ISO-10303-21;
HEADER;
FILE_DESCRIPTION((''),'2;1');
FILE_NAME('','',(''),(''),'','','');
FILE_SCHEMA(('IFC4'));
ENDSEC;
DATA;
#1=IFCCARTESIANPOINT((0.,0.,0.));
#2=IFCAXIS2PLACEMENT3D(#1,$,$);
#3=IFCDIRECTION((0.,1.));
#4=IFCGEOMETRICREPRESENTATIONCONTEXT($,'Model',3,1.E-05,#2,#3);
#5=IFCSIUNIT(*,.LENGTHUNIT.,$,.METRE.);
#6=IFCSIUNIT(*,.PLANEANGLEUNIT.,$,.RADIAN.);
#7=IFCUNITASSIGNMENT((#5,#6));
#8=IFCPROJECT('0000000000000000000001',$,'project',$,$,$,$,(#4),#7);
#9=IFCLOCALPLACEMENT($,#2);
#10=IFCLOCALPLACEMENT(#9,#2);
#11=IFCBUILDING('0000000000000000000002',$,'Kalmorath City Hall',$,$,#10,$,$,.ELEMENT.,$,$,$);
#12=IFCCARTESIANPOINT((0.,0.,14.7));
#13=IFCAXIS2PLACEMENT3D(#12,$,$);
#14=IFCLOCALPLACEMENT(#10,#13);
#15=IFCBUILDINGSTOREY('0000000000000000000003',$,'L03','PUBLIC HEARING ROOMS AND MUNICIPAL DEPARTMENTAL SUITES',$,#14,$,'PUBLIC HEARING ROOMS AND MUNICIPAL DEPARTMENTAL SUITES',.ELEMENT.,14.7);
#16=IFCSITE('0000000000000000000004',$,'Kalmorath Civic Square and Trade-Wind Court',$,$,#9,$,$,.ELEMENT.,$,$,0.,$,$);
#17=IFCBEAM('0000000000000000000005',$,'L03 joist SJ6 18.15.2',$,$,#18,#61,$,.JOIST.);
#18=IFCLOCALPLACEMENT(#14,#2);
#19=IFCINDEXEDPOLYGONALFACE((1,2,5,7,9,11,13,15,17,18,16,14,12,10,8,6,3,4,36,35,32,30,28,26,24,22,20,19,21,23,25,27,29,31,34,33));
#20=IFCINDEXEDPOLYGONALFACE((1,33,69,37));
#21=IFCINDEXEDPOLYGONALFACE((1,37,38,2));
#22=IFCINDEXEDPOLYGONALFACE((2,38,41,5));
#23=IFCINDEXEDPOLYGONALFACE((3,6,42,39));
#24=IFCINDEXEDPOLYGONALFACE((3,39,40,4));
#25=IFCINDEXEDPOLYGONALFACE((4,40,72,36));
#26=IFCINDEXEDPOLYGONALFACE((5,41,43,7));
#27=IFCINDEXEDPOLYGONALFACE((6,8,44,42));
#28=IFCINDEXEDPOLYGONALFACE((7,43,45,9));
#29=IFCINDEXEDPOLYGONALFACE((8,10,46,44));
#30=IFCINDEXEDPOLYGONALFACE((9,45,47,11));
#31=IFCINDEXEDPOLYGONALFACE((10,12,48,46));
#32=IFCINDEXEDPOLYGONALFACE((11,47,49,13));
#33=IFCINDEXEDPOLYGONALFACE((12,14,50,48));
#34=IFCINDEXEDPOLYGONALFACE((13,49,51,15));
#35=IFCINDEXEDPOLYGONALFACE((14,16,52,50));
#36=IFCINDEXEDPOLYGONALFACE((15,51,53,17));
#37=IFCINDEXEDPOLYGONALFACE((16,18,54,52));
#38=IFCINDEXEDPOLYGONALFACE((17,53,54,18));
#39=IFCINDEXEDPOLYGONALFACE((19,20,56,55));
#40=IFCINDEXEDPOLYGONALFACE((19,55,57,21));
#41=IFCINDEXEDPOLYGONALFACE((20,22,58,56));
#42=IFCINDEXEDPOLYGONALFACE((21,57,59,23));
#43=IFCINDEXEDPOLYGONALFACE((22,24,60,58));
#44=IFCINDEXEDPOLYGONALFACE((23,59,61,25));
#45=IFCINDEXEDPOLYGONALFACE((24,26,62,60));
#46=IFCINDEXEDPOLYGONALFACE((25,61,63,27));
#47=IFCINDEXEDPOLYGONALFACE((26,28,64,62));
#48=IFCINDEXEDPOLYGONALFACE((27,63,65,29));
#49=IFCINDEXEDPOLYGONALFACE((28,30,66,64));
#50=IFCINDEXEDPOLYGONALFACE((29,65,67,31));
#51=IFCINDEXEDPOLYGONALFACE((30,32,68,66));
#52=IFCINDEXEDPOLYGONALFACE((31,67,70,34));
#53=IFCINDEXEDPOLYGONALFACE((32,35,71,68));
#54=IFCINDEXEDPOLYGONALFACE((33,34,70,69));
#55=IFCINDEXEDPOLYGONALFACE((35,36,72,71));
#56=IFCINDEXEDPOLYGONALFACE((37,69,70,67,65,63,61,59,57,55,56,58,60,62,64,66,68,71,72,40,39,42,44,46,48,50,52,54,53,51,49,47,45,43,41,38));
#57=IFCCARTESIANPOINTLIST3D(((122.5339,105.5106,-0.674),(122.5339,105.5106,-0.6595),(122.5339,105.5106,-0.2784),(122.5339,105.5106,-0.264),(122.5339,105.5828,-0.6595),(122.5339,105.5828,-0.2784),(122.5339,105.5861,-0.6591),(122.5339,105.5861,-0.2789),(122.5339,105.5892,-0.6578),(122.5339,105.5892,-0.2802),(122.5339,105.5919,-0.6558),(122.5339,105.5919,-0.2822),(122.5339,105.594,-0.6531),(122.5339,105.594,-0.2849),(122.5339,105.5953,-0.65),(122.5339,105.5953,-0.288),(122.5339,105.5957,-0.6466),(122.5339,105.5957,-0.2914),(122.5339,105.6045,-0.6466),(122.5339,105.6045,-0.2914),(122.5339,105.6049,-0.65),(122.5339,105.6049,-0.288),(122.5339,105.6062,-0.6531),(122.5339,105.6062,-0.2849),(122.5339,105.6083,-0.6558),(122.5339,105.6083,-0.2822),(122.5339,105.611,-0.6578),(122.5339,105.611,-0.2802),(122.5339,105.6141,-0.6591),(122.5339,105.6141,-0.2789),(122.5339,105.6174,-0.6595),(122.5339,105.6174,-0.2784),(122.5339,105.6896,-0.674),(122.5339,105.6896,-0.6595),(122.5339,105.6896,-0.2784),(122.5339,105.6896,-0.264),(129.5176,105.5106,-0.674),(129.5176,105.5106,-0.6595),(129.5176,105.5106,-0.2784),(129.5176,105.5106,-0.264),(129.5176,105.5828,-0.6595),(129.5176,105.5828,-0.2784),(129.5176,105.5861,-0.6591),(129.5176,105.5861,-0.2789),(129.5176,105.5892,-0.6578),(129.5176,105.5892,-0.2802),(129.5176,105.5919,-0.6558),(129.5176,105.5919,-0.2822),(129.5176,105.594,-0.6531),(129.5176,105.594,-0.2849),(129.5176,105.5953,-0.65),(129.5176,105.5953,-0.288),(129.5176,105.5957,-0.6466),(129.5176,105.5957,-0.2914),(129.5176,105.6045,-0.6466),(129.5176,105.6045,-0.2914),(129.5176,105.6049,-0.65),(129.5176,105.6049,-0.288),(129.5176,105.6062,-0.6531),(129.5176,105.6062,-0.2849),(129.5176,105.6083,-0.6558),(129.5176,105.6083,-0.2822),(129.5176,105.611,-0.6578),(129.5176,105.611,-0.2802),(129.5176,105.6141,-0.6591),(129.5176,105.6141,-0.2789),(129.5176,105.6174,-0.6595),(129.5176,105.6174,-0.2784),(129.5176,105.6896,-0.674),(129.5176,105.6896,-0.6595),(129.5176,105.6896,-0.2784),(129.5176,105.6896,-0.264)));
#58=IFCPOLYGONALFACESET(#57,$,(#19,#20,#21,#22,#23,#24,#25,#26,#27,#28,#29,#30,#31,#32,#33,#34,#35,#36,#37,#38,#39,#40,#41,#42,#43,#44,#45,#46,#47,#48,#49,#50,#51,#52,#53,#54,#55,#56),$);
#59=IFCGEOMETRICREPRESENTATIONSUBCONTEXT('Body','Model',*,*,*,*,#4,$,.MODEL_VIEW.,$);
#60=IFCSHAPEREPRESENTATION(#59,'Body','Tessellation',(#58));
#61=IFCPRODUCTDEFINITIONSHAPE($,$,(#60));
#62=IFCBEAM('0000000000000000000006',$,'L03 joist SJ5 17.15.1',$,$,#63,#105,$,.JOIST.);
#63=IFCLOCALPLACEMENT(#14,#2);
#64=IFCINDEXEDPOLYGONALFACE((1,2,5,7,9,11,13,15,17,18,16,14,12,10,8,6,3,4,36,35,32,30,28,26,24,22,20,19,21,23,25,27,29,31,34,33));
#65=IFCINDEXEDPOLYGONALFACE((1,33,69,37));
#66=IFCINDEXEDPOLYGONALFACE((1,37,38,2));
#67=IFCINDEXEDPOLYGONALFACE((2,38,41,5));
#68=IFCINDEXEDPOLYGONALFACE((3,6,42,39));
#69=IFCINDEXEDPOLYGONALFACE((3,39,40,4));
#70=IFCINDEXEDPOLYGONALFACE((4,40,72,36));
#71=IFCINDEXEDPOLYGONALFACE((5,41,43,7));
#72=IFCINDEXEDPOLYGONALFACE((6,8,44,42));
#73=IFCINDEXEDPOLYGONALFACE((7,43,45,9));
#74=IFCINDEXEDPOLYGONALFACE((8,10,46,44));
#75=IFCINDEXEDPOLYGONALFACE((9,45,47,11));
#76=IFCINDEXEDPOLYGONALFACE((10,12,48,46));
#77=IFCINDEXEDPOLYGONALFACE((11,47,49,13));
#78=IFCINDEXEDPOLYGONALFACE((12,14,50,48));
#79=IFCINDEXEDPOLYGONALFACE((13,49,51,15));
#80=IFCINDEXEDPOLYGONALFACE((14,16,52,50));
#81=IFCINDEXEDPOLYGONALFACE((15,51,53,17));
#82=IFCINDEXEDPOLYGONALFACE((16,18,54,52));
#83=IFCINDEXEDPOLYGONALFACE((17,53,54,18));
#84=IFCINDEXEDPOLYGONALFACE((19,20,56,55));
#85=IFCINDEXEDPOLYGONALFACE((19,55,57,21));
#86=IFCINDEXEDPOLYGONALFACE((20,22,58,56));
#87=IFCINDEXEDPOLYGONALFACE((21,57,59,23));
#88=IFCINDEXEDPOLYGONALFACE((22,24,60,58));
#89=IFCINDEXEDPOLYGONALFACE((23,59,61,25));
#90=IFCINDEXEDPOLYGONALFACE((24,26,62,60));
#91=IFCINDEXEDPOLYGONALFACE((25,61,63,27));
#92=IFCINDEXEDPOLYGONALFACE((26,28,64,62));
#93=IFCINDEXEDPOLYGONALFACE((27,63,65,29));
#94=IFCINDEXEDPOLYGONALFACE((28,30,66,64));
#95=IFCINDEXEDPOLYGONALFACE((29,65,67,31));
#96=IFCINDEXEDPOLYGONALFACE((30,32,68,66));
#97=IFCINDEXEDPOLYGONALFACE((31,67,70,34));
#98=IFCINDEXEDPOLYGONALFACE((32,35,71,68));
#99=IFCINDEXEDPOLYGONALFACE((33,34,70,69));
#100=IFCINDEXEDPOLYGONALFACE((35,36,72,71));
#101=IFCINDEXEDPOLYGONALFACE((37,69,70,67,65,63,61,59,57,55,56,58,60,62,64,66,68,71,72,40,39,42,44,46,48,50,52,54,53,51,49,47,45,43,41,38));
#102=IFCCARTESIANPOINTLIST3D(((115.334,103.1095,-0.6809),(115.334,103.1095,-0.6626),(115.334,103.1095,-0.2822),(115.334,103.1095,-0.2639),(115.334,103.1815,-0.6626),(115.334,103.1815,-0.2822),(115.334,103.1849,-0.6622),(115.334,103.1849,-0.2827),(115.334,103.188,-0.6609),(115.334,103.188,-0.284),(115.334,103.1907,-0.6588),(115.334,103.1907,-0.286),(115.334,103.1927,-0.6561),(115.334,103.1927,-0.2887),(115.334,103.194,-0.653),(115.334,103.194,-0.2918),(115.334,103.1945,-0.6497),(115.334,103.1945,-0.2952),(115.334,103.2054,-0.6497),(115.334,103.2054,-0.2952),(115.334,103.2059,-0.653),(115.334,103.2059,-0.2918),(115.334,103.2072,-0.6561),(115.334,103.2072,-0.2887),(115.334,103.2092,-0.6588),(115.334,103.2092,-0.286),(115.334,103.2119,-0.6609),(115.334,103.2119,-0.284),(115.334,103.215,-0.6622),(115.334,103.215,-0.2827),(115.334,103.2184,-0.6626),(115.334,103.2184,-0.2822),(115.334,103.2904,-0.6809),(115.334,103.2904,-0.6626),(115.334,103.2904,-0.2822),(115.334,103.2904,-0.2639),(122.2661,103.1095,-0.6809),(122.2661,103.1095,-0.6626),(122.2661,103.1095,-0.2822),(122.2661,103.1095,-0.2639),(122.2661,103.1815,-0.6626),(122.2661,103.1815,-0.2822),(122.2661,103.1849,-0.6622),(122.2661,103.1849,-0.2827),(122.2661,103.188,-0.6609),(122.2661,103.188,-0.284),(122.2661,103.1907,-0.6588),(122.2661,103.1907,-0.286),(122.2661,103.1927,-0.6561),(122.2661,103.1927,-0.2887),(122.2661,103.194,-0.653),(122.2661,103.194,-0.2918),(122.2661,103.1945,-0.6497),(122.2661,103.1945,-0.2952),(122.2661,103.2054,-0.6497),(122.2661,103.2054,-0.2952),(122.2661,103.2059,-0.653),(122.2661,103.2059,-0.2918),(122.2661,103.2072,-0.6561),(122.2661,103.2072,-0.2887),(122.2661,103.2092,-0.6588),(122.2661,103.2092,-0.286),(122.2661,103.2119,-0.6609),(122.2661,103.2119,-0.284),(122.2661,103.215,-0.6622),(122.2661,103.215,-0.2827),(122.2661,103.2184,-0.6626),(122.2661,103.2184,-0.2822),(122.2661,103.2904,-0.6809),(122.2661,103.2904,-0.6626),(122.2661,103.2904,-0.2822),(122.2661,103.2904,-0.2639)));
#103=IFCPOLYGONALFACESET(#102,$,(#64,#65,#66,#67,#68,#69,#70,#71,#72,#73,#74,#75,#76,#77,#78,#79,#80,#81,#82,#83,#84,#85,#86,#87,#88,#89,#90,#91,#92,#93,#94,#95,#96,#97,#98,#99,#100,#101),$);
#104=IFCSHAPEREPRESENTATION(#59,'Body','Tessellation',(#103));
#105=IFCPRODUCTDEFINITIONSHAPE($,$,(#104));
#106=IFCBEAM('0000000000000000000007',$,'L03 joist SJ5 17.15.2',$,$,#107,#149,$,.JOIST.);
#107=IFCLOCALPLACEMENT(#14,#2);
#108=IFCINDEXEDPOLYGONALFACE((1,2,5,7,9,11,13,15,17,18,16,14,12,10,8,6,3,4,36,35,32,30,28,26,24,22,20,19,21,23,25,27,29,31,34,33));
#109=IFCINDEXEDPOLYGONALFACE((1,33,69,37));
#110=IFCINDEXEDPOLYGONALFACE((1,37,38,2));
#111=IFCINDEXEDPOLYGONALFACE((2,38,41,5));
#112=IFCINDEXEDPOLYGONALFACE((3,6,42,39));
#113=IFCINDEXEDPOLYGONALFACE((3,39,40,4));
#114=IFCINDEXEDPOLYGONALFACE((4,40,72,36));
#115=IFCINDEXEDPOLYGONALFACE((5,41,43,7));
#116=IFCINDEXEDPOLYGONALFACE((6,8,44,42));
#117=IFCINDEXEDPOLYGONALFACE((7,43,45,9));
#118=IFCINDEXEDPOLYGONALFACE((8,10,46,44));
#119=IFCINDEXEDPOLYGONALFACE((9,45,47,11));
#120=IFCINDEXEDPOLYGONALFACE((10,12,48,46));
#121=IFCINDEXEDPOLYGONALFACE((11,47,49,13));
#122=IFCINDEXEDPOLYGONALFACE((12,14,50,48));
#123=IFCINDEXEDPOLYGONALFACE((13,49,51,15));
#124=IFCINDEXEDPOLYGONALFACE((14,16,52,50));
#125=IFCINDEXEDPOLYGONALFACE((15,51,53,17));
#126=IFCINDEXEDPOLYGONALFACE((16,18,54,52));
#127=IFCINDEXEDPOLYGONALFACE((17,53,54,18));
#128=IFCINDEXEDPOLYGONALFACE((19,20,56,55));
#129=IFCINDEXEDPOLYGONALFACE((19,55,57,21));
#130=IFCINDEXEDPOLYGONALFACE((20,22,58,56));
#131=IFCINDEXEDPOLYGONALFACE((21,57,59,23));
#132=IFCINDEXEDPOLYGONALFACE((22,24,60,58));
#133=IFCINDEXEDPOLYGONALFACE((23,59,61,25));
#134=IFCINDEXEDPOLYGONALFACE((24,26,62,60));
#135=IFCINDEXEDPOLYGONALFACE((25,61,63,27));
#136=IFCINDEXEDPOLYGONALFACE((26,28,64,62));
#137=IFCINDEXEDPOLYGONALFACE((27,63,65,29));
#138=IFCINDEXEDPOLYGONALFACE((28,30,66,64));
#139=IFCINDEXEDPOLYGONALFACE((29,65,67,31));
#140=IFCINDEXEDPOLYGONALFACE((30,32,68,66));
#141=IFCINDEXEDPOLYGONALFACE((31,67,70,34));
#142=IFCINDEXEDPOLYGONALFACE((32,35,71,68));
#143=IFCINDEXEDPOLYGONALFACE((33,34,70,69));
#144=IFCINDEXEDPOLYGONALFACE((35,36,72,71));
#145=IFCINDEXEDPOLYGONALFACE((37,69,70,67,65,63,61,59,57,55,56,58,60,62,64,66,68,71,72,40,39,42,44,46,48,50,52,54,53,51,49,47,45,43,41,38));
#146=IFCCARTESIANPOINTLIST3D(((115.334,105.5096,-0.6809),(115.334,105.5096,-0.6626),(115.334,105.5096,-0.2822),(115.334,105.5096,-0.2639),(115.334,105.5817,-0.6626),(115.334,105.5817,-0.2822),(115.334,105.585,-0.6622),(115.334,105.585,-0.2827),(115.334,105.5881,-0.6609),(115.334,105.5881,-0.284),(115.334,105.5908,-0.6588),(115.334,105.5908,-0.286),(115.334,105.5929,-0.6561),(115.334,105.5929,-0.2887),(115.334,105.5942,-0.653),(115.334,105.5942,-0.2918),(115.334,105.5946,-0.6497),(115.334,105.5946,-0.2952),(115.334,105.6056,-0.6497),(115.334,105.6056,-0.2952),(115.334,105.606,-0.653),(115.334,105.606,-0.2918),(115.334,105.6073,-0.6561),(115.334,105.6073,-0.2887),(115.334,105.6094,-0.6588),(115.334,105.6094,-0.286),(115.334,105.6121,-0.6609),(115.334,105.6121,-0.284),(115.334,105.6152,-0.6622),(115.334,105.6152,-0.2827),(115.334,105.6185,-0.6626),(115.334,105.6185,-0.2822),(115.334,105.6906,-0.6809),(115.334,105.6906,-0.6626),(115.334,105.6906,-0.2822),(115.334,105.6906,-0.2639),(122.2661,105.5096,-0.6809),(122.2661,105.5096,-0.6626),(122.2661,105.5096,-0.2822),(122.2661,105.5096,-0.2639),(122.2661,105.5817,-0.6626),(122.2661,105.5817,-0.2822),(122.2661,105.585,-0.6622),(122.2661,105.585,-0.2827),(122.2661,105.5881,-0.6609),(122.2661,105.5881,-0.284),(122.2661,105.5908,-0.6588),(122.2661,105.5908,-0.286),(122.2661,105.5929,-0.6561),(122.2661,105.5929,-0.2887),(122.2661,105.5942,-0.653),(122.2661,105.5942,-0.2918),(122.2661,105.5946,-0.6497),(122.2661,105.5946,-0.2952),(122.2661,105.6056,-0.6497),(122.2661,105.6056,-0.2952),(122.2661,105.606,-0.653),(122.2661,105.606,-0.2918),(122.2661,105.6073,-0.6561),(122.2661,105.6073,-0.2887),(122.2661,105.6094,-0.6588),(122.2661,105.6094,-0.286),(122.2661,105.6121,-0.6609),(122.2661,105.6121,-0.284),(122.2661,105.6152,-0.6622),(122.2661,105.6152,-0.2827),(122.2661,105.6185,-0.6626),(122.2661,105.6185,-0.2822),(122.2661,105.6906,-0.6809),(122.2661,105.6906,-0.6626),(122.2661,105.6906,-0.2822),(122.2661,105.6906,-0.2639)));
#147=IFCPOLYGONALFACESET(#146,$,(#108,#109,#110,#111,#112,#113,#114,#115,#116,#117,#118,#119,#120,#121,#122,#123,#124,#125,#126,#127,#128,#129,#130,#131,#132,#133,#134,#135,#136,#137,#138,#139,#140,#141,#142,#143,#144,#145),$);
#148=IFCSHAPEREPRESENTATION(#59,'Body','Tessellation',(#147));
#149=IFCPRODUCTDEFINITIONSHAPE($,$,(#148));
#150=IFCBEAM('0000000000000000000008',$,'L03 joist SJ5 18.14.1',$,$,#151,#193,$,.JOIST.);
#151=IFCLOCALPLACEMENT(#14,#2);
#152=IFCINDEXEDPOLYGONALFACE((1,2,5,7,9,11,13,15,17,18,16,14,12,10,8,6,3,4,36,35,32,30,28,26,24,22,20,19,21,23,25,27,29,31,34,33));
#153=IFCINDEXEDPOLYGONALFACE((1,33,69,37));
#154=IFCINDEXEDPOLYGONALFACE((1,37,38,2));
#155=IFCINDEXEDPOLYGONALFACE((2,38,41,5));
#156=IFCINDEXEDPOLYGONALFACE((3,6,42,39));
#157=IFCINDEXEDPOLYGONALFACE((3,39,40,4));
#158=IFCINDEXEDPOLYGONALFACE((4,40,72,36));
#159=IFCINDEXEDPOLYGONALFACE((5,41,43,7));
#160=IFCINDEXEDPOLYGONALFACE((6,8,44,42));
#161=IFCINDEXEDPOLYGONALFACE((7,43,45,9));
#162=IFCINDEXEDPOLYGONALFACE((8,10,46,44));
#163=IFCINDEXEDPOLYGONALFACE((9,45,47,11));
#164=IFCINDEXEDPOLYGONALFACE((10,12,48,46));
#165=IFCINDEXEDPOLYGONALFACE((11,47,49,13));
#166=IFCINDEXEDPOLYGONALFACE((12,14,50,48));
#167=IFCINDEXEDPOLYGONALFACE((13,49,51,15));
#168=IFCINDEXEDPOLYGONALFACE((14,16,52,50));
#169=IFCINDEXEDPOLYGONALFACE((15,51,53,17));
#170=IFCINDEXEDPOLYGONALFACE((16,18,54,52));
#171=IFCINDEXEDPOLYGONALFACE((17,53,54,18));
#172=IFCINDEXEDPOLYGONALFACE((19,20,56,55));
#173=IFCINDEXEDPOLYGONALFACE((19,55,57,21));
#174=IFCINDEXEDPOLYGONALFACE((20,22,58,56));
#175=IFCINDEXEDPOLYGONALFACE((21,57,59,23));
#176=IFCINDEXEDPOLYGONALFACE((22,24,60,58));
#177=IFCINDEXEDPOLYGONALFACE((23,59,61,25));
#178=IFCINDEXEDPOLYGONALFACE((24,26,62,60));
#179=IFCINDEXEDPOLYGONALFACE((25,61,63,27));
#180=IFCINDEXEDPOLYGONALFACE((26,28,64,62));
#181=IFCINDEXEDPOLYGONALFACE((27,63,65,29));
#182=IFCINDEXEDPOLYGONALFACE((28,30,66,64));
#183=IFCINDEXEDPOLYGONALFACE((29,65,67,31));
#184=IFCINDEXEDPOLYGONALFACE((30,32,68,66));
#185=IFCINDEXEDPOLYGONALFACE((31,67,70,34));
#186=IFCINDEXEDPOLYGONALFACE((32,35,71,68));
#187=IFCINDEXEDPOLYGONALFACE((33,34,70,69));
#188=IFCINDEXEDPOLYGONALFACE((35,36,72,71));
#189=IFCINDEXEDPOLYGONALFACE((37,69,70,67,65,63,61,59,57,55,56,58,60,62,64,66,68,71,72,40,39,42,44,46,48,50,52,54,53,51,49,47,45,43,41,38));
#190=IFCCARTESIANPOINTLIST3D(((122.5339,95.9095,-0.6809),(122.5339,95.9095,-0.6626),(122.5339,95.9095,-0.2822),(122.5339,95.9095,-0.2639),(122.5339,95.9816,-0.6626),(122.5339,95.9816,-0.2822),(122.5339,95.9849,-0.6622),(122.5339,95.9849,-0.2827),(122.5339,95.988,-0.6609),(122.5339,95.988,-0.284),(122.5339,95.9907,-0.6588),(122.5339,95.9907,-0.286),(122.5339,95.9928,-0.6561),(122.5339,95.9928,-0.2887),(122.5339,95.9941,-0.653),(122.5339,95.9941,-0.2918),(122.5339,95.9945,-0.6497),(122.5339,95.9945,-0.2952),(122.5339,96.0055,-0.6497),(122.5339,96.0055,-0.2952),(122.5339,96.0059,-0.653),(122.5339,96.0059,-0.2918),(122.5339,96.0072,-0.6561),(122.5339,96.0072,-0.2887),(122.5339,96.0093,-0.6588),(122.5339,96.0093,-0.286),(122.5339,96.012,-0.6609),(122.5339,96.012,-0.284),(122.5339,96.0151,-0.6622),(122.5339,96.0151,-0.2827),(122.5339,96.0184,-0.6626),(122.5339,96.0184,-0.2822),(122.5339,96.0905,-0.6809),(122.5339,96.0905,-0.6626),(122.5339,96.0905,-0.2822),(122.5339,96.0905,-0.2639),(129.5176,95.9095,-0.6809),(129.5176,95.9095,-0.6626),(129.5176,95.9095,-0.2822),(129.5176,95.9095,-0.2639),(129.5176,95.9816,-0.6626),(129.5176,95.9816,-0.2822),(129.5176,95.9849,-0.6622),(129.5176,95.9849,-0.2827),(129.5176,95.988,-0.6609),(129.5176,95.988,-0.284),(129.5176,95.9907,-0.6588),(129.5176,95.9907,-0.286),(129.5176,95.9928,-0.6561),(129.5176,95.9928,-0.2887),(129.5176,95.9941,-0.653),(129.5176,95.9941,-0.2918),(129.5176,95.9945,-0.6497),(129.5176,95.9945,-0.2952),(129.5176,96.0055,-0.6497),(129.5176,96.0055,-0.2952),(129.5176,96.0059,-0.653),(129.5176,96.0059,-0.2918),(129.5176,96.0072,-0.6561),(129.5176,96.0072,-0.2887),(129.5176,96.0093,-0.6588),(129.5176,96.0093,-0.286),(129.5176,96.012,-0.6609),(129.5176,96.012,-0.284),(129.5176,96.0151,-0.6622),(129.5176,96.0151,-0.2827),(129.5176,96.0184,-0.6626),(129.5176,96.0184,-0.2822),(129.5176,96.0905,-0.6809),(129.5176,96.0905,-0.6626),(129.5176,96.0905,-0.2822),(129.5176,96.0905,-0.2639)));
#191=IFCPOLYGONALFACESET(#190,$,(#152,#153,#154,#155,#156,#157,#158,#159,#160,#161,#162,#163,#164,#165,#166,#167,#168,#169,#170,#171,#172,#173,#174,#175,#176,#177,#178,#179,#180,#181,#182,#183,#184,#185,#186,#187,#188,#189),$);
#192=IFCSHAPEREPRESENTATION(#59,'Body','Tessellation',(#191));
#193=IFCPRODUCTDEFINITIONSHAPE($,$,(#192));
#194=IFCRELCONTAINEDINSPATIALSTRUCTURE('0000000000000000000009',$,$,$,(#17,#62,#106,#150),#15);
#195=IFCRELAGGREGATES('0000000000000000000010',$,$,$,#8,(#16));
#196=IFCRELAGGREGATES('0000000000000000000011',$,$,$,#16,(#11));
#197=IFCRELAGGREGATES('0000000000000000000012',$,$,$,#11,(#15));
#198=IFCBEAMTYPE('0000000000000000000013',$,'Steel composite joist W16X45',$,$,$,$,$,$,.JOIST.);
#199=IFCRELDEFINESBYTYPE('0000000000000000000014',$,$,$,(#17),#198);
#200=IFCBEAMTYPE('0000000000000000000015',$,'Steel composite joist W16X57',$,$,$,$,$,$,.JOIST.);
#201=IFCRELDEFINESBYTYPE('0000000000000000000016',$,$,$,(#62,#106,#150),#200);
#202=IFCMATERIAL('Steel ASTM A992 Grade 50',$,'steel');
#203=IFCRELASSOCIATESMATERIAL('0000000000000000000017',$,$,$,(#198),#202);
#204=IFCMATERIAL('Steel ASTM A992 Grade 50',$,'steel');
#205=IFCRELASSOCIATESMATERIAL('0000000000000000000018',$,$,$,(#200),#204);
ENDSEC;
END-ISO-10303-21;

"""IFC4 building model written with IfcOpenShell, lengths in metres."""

from ifc_helpers import new_model, si_unit, direction, frame, origin, origin_2d, place, context, subcontext, project, spatial, i_section, extrude, material, material_profile, profile_set, type_object, element, save


model = new_model("IFC4")

# Units and contexts
model_context = context("Model", 3, precision=1e-05, world=origin(), true_north=direction((0.0, 1.0)))
body_context = subcontext(model_context, "Body", "Model", "MODEL_VIEW")
ifc_project = project(units=[si_unit("LENGTHUNIT", "METRE"), si_unit("PLANEANGLEUNIT", "RADIAN")], contexts=[model_context])

# Site, building, storey
site_placement = place(None, origin())
site = spatial("IfcSite", under=ifc_project, at=site_placement, Name="Kalmorath Civic Square and Trade-Wind Court", CompositionType="ELEMENT", RefElevation=0.0)
building_placement = place(site_placement, origin())
building = spatial("IfcBuilding", under=site, at=building_placement, Name="Kalmorath City Hall", CompositionType="ELEMENT")
storey_placement = place(building_placement, frame((0.0, 0.0, 14.7)))
storey = spatial("IfcBuildingStorey", under=building, at=storey_placement, Name="L03", Description="PUBLIC HEARING ROOMS AND MUNICIPAL DEPARTMENTAL SUITES", LongName="PUBLIC HEARING ROOMS AND MUNICIPAL DEPARTMENTAL SUITES", CompositionType="ELEMENT", Elevation=14.7)

# Beams
ifc_material_1 = material(Name="Steel ASTM A992 Grade 50", Category="steel")
ifc_material_profile_1 = material_profile(ifc_material_1, i_section(OverallWidth=0.179, OverallDepth=0.4099, WebThickness=0.0088, FlangeThickness=0.0144, FilletRadius=0.0129, at=origin_2d()), Name="W16X45")
ifc_profile_set_1 = profile_set([ifc_material_profile_1], Name="Steel ASTM A992 Grade 50")
beam_type_1 = type_object("IfcBeamType", Name="Steel composite joist W16X45", PredefinedType="JOIST", material=ifc_profile_set_1)
for number, where, z_axis, x_axis, name in (
    (1, (122.5339, 105.6001, -0.469), (1.0, 0.0, 0.0), (0.0, 1.0, 0.0), "L03 joist SJ6 18.15.2"),
):
    element("IfcBeam", number, at=place(storey_placement, frame(where, z_axis=z_axis, x_axis=x_axis)), inside=storey, type_object=beam_type_1, Name=name, PredefinedType="JOIST", context=body_context, shape_type="SweptSolid", body=[
        extrude(i_section(OverallWidth=0.179, OverallDepth=0.4099, WebThickness=0.0088, FlangeThickness=0.0144, FilletRadius=0.0129, at=origin_2d()), origin(), (0.0, 0.0, 1.0), 6.9836),
    ])
ifc_material_2 = material(Name="Steel ASTM A992 Grade 50", Category="steel")
ifc_material_profile_2 = material_profile(ifc_material_2, i_section(OverallWidth=0.1809, OverallDepth=0.417, WebThickness=0.011, FlangeThickness=0.0183, FilletRadius=0.0129, at=origin_2d()), Name="W16X57")
ifc_profile_set_2 = profile_set([ifc_material_profile_2], Name="Steel ASTM A992 Grade 50")
beam_type_2 = type_object("IfcBeamType", Name="Steel composite joist W16X57", PredefinedType="JOIST", material=ifc_profile_set_2)
for number, where, z_axis, x_axis, name in (
    (2, (115.334, 103.2, -0.4724), (1.0, 0.0, 0.0), (0.0, 1.0, 0.0), "L03 joist SJ5 17.15.1"),
    (3, (115.334, 105.6001, -0.4724), (1.0, 0.0, 0.0), (0.0, 1.0, 0.0), "L03 joist SJ5 17.15.2"),
):
    element("IfcBeam", number, at=place(storey_placement, frame(where, z_axis=z_axis, x_axis=x_axis)), inside=storey, type_object=beam_type_2, Name=name, PredefinedType="JOIST", context=body_context, shape_type="SweptSolid", body=[
        extrude(i_section(OverallWidth=0.1809, OverallDepth=0.417, WebThickness=0.011, FlangeThickness=0.0183, FilletRadius=0.0129, at=origin_2d()), origin(), (0.0, 0.0, 1.0), 6.9321),
    ])
for number, where, z_axis, x_axis, name in (
    (4, (122.5339, 96.0, -0.4724), (1.0, 0.0, 0.0), (0.0, 1.0, 0.0), "L03 joist SJ5 18.14.1"),
):
    element("IfcBeam", number, at=place(storey_placement, frame(where, z_axis=z_axis, x_axis=x_axis)), inside=storey, type_object=beam_type_2, Name=name, PredefinedType="JOIST", context=body_context, shape_type="SweptSolid", body=[
        extrude(i_section(OverallWidth=0.1809, OverallDepth=0.417, WebThickness=0.011, FlangeThickness=0.0183, FilletRadius=0.0129, at=origin_2d()), origin(), (0.0, 0.0, 1.0), 6.9836),
    ])

save(model, "model.ifc")
